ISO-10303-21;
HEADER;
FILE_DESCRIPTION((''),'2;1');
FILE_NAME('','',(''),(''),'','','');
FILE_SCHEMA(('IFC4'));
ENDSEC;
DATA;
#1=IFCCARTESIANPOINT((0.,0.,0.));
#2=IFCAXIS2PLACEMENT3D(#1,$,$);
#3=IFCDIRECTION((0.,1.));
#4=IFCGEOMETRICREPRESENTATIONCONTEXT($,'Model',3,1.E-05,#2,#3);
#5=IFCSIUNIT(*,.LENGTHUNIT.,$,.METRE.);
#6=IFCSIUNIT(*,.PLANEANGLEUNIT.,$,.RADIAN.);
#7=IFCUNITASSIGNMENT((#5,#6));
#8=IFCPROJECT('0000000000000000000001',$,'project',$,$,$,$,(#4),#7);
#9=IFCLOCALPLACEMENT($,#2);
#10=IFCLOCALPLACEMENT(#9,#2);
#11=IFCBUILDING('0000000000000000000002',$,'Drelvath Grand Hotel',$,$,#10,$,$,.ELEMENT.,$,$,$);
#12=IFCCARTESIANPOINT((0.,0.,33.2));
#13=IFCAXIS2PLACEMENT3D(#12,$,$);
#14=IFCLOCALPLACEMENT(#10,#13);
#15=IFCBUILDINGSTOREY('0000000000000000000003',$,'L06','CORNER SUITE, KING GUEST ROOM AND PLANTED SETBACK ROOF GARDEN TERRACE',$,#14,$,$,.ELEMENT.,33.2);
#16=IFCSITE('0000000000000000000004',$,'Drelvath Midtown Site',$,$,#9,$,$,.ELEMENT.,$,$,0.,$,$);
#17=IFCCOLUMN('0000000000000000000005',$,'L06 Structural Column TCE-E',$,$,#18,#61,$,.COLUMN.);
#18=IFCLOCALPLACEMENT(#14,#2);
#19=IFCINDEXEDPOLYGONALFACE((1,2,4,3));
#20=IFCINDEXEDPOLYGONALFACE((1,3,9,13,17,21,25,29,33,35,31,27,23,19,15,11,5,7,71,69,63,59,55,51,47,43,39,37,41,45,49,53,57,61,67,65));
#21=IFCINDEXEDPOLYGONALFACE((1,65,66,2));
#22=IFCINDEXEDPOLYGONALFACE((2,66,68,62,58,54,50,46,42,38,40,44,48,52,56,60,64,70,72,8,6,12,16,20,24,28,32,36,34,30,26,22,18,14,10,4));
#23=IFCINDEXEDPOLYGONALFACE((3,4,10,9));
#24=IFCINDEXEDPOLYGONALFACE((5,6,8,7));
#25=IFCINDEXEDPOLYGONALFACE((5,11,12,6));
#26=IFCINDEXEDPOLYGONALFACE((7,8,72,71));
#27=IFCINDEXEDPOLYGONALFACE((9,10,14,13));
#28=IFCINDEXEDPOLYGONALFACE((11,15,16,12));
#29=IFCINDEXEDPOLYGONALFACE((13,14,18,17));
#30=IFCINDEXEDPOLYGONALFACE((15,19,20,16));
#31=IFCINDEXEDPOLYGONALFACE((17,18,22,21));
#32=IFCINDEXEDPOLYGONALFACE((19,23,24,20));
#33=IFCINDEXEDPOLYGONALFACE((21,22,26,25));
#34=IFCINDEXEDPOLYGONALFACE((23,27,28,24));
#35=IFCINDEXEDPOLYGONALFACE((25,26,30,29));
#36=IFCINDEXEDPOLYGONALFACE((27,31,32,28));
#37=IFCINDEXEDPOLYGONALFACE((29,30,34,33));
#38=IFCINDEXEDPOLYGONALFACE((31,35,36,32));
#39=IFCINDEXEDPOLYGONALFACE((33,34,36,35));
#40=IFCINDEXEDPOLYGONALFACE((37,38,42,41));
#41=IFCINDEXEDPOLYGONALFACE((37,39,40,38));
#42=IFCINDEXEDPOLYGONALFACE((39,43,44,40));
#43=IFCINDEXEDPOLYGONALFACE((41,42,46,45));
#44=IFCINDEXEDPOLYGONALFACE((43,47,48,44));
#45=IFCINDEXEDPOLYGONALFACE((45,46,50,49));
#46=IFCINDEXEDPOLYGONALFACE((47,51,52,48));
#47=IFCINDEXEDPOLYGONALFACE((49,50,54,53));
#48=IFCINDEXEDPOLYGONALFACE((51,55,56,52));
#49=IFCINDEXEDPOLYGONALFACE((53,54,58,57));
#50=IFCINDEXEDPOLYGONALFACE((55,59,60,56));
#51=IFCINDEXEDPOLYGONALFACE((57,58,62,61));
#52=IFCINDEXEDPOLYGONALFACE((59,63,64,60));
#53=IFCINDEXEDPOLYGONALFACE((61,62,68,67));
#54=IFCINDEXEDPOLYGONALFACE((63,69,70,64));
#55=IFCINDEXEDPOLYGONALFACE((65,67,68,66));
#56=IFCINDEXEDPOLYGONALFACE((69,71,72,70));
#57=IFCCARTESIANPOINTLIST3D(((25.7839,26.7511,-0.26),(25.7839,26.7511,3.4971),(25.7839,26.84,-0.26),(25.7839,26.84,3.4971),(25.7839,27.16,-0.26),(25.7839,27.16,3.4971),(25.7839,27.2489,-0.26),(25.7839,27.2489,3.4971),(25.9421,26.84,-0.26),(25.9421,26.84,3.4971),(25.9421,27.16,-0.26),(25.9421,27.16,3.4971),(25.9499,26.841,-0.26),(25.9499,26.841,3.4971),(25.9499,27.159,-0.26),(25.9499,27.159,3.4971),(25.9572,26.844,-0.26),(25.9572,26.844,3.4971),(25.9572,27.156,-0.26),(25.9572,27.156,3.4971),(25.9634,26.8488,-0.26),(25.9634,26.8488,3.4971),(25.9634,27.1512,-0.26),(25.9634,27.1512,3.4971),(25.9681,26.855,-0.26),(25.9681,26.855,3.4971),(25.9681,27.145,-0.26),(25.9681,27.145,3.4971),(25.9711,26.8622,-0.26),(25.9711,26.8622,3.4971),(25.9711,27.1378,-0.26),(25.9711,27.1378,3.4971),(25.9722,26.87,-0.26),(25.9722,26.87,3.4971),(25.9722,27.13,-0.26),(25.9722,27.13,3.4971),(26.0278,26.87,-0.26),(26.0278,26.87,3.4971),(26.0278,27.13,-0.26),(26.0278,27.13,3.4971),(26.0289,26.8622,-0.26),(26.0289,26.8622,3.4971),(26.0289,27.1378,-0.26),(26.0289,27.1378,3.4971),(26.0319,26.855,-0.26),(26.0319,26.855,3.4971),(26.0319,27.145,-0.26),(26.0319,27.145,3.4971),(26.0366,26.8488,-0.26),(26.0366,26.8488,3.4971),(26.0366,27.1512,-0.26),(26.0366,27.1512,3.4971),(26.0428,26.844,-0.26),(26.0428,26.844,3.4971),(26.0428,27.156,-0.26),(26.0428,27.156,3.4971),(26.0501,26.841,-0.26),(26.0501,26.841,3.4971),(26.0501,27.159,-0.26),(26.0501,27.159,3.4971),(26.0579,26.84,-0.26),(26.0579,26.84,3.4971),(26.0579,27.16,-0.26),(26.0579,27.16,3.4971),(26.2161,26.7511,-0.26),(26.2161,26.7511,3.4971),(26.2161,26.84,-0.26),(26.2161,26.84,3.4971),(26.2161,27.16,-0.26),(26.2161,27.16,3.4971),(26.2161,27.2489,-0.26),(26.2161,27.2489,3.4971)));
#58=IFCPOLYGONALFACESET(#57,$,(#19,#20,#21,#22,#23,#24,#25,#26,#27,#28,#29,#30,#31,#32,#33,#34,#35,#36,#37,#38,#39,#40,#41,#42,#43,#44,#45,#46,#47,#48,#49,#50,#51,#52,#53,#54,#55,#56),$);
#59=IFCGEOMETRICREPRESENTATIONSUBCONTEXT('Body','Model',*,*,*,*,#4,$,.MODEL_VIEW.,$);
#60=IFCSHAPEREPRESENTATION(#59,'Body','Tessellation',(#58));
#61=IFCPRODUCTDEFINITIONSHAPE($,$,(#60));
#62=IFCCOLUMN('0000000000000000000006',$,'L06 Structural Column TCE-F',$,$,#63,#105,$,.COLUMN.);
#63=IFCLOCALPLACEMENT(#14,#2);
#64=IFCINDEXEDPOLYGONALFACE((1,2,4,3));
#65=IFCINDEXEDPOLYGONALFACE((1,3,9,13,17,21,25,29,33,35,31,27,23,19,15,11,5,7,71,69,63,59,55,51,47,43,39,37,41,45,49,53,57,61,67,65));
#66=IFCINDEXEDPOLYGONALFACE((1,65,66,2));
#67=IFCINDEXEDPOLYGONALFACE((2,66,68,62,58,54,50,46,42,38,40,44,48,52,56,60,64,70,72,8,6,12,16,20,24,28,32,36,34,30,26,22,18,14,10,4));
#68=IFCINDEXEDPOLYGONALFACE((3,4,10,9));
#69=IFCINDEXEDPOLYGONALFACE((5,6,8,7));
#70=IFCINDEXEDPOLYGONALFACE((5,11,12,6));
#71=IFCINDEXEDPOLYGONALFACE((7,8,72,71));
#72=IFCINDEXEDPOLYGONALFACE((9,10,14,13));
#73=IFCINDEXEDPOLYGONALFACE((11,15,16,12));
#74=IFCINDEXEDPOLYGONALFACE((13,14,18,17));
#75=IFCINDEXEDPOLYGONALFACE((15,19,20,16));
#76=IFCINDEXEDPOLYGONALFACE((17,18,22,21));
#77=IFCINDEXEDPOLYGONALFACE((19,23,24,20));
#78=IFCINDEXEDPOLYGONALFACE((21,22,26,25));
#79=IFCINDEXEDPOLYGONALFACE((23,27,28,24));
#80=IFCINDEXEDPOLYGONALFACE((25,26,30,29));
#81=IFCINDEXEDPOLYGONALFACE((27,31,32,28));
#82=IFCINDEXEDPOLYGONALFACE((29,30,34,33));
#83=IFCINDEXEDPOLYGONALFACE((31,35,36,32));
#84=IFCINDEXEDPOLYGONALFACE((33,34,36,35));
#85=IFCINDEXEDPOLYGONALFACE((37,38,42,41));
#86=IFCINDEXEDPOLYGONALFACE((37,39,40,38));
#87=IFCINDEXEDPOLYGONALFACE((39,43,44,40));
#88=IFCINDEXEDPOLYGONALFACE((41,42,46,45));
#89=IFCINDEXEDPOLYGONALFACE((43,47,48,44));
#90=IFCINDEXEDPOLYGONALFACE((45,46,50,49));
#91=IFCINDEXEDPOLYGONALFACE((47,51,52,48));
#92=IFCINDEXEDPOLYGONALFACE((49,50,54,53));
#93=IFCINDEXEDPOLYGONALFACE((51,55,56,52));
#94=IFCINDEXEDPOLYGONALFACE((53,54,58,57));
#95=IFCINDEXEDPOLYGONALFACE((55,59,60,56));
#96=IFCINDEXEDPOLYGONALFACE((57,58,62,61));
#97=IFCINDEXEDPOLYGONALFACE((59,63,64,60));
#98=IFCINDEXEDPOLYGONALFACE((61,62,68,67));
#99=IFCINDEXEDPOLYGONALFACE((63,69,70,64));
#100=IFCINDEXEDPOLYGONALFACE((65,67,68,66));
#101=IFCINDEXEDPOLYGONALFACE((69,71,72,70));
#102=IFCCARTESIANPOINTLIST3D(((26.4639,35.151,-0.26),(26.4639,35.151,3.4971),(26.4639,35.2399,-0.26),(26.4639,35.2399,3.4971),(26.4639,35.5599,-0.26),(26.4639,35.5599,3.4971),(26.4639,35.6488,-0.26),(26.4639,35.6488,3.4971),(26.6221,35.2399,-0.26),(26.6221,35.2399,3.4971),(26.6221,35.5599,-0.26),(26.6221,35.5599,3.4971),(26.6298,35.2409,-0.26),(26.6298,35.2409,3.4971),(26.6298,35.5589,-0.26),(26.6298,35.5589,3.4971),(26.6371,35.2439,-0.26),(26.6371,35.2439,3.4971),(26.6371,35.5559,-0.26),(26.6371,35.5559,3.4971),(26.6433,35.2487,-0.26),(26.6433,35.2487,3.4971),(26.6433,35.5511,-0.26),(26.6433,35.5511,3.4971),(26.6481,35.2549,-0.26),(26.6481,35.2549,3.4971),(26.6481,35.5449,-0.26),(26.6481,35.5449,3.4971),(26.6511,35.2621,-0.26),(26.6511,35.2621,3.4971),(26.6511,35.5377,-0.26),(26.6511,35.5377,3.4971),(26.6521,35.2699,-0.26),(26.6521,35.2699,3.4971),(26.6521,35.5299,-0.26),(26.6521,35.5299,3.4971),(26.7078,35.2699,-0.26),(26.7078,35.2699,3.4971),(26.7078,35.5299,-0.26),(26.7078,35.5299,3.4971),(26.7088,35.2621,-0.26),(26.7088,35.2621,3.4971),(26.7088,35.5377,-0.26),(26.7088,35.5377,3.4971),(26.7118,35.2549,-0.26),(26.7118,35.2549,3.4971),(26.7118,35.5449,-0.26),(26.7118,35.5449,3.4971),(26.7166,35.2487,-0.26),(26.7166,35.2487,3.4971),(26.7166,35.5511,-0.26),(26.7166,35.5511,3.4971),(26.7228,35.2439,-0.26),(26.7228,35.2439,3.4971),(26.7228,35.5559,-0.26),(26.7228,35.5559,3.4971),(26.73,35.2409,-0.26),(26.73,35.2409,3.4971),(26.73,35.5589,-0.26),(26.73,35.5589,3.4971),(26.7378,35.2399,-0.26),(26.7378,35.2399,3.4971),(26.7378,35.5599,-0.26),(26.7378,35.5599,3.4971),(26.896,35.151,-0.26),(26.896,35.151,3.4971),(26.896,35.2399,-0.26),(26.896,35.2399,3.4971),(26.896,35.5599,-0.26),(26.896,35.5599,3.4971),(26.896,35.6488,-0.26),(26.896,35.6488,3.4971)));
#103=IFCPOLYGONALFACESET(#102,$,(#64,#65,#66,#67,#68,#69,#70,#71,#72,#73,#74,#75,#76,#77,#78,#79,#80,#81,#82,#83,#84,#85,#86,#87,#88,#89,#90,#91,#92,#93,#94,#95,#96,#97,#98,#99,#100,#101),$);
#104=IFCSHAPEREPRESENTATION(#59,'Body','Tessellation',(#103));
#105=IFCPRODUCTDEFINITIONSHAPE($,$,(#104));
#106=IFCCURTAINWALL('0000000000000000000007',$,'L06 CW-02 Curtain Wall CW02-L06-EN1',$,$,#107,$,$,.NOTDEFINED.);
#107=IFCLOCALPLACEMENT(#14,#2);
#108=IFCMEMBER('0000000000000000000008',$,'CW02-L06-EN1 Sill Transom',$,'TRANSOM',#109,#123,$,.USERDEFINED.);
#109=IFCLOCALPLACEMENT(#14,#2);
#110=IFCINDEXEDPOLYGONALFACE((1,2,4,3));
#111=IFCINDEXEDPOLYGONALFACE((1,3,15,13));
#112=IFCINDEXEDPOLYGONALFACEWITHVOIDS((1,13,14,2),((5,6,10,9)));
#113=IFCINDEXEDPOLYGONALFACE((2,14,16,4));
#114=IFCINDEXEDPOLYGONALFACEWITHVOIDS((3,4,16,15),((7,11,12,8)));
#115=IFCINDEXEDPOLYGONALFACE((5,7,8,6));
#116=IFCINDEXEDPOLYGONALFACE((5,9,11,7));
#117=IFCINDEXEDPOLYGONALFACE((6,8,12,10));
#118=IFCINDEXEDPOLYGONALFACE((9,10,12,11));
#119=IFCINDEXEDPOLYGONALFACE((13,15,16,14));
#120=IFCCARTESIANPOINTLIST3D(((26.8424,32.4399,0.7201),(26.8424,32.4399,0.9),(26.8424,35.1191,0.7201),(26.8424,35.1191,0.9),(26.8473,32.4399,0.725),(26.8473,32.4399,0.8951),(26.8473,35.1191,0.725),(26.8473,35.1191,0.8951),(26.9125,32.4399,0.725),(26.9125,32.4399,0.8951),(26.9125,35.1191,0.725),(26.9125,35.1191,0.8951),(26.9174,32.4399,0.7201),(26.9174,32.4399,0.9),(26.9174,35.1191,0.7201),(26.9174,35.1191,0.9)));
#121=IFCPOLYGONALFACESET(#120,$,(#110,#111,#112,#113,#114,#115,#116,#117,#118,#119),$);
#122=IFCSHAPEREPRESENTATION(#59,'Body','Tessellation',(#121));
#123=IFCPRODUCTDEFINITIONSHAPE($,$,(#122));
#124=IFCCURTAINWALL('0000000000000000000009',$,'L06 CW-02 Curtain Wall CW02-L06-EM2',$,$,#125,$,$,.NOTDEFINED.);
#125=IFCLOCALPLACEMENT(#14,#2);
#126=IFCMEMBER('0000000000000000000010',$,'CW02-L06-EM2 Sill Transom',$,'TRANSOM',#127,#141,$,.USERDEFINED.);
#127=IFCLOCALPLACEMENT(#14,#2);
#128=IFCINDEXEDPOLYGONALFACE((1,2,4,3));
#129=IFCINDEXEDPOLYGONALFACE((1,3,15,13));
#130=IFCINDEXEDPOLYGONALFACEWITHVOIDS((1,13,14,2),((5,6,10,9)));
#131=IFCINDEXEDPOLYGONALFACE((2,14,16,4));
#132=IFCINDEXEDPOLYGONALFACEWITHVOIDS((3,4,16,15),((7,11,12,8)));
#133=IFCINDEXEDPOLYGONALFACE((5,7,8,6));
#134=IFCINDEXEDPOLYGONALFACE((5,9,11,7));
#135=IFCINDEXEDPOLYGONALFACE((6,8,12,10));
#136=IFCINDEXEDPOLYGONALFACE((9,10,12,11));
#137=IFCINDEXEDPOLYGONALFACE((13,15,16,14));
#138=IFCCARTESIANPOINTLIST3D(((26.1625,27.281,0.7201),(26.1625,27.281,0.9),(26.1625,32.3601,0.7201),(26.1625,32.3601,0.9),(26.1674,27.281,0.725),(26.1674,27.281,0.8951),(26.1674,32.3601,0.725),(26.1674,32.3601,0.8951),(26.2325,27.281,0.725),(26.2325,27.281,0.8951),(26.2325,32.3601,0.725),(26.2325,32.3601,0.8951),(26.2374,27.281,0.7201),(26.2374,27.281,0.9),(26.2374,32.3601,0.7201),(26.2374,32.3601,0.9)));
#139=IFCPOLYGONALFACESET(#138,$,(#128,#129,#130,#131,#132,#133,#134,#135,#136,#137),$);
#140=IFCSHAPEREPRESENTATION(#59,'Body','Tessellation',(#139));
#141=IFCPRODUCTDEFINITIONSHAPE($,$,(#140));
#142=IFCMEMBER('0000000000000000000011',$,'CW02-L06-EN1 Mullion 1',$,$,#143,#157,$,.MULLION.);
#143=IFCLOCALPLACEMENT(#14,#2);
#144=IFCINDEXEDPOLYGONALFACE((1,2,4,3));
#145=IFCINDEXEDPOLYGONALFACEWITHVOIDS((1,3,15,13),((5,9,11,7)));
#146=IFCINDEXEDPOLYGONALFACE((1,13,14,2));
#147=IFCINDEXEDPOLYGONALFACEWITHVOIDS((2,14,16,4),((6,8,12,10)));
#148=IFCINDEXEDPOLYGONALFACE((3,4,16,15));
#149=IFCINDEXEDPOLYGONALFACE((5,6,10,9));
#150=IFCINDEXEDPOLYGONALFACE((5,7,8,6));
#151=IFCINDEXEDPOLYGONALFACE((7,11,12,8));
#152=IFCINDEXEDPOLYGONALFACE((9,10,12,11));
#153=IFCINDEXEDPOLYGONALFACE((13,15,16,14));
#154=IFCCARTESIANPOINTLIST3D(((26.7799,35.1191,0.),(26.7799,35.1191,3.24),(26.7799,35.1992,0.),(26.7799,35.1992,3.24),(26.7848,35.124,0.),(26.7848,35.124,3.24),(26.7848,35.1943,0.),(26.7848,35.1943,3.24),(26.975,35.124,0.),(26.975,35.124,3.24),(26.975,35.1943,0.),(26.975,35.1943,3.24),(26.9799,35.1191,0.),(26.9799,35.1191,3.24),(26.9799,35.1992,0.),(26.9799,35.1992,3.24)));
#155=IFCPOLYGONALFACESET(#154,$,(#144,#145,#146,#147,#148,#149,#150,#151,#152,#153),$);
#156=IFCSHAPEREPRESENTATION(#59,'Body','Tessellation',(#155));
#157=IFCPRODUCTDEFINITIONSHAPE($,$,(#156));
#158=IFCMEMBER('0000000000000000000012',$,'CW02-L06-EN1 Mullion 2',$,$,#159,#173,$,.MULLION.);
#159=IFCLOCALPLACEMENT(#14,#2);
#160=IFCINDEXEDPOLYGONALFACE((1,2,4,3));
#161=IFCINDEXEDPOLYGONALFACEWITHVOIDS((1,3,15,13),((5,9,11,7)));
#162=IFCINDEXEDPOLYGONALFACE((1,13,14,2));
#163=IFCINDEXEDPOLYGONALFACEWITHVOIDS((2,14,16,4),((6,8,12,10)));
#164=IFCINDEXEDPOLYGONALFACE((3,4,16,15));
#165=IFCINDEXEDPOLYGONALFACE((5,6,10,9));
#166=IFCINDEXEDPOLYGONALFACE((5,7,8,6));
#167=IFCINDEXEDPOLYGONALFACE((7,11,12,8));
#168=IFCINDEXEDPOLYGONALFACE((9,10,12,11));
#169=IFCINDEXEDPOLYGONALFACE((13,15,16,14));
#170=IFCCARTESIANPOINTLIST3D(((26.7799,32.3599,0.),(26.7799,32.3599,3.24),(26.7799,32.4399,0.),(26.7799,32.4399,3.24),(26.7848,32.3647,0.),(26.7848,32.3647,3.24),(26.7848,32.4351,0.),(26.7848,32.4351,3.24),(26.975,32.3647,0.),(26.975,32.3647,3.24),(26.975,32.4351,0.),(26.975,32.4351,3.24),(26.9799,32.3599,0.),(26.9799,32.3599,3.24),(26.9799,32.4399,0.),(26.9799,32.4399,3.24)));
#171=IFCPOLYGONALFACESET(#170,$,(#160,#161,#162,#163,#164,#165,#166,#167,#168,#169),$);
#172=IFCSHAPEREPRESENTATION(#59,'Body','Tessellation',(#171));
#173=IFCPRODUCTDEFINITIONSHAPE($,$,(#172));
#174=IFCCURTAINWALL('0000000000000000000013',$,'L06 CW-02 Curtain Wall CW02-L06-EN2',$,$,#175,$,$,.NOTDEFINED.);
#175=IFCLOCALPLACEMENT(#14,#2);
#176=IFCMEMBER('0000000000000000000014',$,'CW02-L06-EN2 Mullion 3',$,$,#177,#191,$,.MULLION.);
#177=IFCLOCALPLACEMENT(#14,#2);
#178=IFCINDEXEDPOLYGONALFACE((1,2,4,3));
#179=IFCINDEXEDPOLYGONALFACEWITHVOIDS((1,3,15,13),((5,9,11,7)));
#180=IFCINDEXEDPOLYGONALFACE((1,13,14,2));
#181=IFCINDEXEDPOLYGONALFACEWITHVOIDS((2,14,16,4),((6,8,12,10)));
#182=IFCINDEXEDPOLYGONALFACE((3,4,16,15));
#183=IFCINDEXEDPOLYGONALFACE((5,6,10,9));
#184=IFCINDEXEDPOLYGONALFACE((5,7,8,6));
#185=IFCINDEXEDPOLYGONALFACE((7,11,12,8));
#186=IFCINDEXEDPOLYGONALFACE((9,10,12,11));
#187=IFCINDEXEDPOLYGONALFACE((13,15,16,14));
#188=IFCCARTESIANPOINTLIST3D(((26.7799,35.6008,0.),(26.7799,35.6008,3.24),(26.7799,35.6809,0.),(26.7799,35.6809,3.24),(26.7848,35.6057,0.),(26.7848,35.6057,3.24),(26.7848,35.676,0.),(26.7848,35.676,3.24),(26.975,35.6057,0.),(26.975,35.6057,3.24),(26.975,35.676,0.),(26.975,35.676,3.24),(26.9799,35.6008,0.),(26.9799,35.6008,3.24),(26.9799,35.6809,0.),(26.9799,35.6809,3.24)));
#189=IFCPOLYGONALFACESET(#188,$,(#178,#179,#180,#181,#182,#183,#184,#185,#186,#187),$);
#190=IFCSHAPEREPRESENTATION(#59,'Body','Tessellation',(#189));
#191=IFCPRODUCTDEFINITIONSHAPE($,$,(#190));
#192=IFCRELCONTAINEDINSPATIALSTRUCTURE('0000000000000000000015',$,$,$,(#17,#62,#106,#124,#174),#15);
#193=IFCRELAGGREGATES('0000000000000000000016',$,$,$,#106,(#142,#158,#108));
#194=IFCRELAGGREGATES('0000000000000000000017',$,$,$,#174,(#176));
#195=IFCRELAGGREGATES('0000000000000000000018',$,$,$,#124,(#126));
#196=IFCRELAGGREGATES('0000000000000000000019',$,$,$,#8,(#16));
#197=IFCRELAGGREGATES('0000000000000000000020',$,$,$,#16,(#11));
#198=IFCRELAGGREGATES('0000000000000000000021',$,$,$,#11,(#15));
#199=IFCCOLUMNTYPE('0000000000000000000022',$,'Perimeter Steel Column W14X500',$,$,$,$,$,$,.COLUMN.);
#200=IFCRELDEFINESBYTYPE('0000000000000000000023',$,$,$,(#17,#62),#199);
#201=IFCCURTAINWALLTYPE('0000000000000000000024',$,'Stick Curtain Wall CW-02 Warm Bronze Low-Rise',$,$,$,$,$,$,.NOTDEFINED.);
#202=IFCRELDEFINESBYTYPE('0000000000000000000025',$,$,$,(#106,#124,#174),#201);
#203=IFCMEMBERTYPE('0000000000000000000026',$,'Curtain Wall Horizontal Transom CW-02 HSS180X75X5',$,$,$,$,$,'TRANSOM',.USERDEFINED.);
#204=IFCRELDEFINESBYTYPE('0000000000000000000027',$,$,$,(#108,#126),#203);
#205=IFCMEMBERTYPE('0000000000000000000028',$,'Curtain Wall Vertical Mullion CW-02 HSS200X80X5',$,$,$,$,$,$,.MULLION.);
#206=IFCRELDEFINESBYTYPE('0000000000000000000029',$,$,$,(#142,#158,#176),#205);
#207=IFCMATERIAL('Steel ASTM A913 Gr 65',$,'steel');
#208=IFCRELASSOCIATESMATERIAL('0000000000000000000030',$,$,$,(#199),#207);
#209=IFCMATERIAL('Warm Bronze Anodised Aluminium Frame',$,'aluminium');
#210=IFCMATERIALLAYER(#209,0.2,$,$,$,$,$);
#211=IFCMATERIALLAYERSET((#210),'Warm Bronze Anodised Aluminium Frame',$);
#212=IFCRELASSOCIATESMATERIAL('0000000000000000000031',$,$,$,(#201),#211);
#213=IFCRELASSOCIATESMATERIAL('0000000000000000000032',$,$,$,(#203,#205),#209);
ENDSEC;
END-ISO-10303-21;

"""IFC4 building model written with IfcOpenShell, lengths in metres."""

from ifc_helpers import new_model, si_unit, direction, frame, origin, origin_2d, place, context, subcontext, project, spatial, hollow_rectangle, i_section, extrude, material, layer, layer_set, material_profile, profile_set, type_object, element, aggregate, save


model = new_model("IFC4")

# Units and contexts
model_context = context("Model", 3, precision=1e-05, world=origin(), true_north=direction((0.0, 1.0)))
body_context = subcontext(model_context, "Body", "Model", "MODEL_VIEW")
ifc_project = project(units=[si_unit("LENGTHUNIT", "METRE"), si_unit("PLANEANGLEUNIT", "RADIAN")], contexts=[model_context])

# Site, building, storey
site_placement = place(None, origin())
site = spatial("IfcSite", under=ifc_project, at=site_placement, Name="Drelvath Midtown Site", CompositionType="ELEMENT", RefElevation=0.0)
building_placement = place(site_placement, origin())
building = spatial("IfcBuilding", under=site, at=building_placement, Name="Drelvath Grand Hotel", CompositionType="ELEMENT")
storey_placement = place(building_placement, frame((0.0, 0.0, 33.2)))
storey = spatial("IfcBuildingStorey", under=building, at=storey_placement, Name="L06", Description="CORNER SUITE, KING GUEST ROOM AND PLANTED SETBACK ROOF GARDEN TERRACE", CompositionType="ELEMENT", Elevation=33.2)

# Columns
ifc_material_1 = material(Name="Steel ASTM A913 Gr 65", Category="steel")
ifc_material_profile_1 = material_profile(ifc_material_1, i_section(OverallWidth=0.4321, OverallDepth=0.4978, WebThickness=0.0557, FlangeThickness=0.0889, FilletRadius=0.03, at=origin_2d()), Name="W14X500")
ifc_profile_set_1 = profile_set([ifc_material_profile_1], Name="Steel ASTM A913 Gr 65")
column_type = type_object("IfcColumnType", Name="Perimeter Steel Column W14X500", PredefinedType="COLUMN", material=ifc_profile_set_1)
for number, where, z_axis, x_axis, name in (
    (1, (26.0, 27.0, -0.26), (0.0, 0.0, 1.0), (1.0, 0.0, 0.0), "L06 Structural Column TCE-E"),
    (2, (26.6799, 35.3999, -0.26), (0.0, 0.0, 1.0), (1.0, 0.0, 0.0), "L06 Structural Column TCE-F"),
):
    element("IfcColumn", number, at=place(storey_placement, frame(where, z_axis=z_axis, x_axis=x_axis)), inside=storey, type_object=column_type, Name=name, PredefinedType="COLUMN", context=body_context, shape_type="SweptSolid", body=[
        extrude(i_section(OverallWidth=0.4321, OverallDepth=0.4978, WebThickness=0.0557, FlangeThickness=0.0889, FilletRadius=0.03, at=origin_2d()), origin(), (0.0, 0.0, 1.0), 3.7571),
    ])

# Curtain walls, members
ifc_material_2 = material(Name="Warm Bronze Anodised Aluminium Frame", Category="aluminium")
ifc_layer_1 = layer(ifc_material_2, 0.2)
ifc_layer_set_1 = layer_set([ifc_layer_1], Name="Warm Bronze Anodised Aluminium Frame")
curtain_wall_type = type_object("IfcCurtainWallType", Name="Stick Curtain Wall CW-02 Warm Bronze Low-Rise", PredefinedType="NOTDEFINED", material=ifc_layer_set_1)
curtain_wall_1_placement = place(storey_placement, origin())
curtain_wall_1 = element("IfcCurtainWall", 3, at=curtain_wall_1_placement, inside=storey, type_object=curtain_wall_type, Name="L06 CW-02 Curtain Wall CW02-L06-EN1", PredefinedType="NOTDEFINED")
ifc_material_profile_2 = material_profile(ifc_material_2, hollow_rectangle(XDim=0.075, YDim=0.1799, WallThickness=0.0049, at=origin_2d()), Name="HSS180X75X5")
ifc_profile_set_2 = profile_set([ifc_material_profile_2], Name="Warm Bronze Anodised Aluminium Frame")
member_type_1 = type_object("IfcMemberType", Name="Curtain Wall Horizontal Transom CW-02 HSS180X75X5", ElementType="TRANSOM", PredefinedType="USERDEFINED", material=ifc_profile_set_2)
member_1_placement = place(storey_placement, frame((26.8799, 35.1191, 0.8101), z_axis=(0.0, -1.0, 0.0), x_axis=(1.0, 0.0, 0.0)))
member_1 = element("IfcMember", 4, at=member_1_placement, type_object=member_type_1, Name="CW02-L06-EN1 Sill Transom", ObjectType="TRANSOM", PredefinedType="USERDEFINED", context=body_context, shape_type="SweptSolid", body=[
    extrude(hollow_rectangle(XDim=0.075, YDim=0.1799, WallThickness=0.0049, at=origin_2d()), origin(), (0.0, 0.0, 1.0), 2.6792),
])
curtain_wall_2_placement = place(storey_placement, origin())
curtain_wall_2 = element("IfcCurtainWall", 5, at=curtain_wall_2_placement, inside=storey, type_object=curtain_wall_type, Name="L06 CW-02 Curtain Wall CW02-L06-EM2", PredefinedType="NOTDEFINED")
member_2_placement = place(storey_placement, frame((26.2, 32.3601, 0.8101), z_axis=(0.0, -1.0, 0.0), x_axis=(1.0, 0.0, 0.0)))
member_2 = element("IfcMember", 6, at=member_2_placement, type_object=member_type_1, Name="CW02-L06-EM2 Sill Transom", ObjectType="TRANSOM", PredefinedType="USERDEFINED", context=body_context, shape_type="SweptSolid", body=[
    extrude(hollow_rectangle(XDim=0.075, YDim=0.1799, WallThickness=0.0049, at=origin_2d()), origin(), (0.0, 0.0, 1.0), 5.0791),
])

# Members
ifc_material_profile_3 = material_profile(ifc_material_2, hollow_rectangle(XDim=0.0801, YDim=0.2, WallThickness=0.0049, at=origin_2d()), Name="HSS200X80X5")
ifc_profile_set_3 = profile_set([ifc_material_profile_3], Name="Warm Bronze Anodised Aluminium Frame")
member_type_2 = type_object("IfcMemberType", Name="Curtain Wall Vertical Mullion CW-02 HSS200X80X5", PredefinedType="MULLION", material=ifc_profile_set_3)
member_3_placement = place(storey_placement, frame((26.8799, 35.1592, 0.0), z_axis=(0.0, 0.0, 1.0), x_axis=(0.0, 1.0, 0.0)))
member_3 = element("IfcMember", 7, at=member_3_placement, type_object=member_type_2, Name="CW02-L06-EN1 Mullion 1", PredefinedType="MULLION", context=body_context, shape_type="SweptSolid", body=[
    extrude(hollow_rectangle(XDim=0.0801, YDim=0.2, WallThickness=0.0049, at=origin_2d()), origin(), (0.0, 0.0, 1.0), 3.24),
])
member_4_placement = place(storey_placement, frame((26.8799, 32.3999, 0.0), z_axis=(0.0, 0.0, 1.0), x_axis=(0.0, 1.0, 0.0)))
member_4 = element("IfcMember", 8, at=member_4_placement, type_object=member_type_2, Name="CW02-L06-EN1 Mullion 2", PredefinedType="MULLION", context=body_context, shape_type="SweptSolid", body=[
    extrude(hollow_rectangle(XDim=0.0801, YDim=0.2, WallThickness=0.0049, at=origin_2d()), origin(), (0.0, 0.0, 1.0), 3.24),
])

# Curtain wall, member
curtain_wall_3_placement = place(storey_placement, origin())
curtain_wall_3 = element("IfcCurtainWall", 9, at=curtain_wall_3_placement, inside=storey, type_object=curtain_wall_type, Name="L06 CW-02 Curtain Wall CW02-L06-EN2", PredefinedType="NOTDEFINED")
member_5_placement = place(storey_placement, frame((26.8799, 35.6409, 0.0), z_axis=(0.0, 0.0, 1.0), x_axis=(0.0, 1.0, 0.0)))
member_5 = element("IfcMember", 10, at=member_5_placement, type_object=member_type_2, Name="CW02-L06-EN2 Mullion 3", PredefinedType="MULLION", context=body_context, shape_type="SweptSolid", body=[
    extrude(hollow_rectangle(XDim=0.0801, YDim=0.2, WallThickness=0.0049, at=origin_2d()), origin(), (0.0, 0.0, 1.0), 3.24),
])

aggregate(curtain_wall_1, [member_3, member_4, member_1])
aggregate(curtain_wall_3, [member_5])
aggregate(curtain_wall_2, [member_2])

save(model, "model.ifc")
